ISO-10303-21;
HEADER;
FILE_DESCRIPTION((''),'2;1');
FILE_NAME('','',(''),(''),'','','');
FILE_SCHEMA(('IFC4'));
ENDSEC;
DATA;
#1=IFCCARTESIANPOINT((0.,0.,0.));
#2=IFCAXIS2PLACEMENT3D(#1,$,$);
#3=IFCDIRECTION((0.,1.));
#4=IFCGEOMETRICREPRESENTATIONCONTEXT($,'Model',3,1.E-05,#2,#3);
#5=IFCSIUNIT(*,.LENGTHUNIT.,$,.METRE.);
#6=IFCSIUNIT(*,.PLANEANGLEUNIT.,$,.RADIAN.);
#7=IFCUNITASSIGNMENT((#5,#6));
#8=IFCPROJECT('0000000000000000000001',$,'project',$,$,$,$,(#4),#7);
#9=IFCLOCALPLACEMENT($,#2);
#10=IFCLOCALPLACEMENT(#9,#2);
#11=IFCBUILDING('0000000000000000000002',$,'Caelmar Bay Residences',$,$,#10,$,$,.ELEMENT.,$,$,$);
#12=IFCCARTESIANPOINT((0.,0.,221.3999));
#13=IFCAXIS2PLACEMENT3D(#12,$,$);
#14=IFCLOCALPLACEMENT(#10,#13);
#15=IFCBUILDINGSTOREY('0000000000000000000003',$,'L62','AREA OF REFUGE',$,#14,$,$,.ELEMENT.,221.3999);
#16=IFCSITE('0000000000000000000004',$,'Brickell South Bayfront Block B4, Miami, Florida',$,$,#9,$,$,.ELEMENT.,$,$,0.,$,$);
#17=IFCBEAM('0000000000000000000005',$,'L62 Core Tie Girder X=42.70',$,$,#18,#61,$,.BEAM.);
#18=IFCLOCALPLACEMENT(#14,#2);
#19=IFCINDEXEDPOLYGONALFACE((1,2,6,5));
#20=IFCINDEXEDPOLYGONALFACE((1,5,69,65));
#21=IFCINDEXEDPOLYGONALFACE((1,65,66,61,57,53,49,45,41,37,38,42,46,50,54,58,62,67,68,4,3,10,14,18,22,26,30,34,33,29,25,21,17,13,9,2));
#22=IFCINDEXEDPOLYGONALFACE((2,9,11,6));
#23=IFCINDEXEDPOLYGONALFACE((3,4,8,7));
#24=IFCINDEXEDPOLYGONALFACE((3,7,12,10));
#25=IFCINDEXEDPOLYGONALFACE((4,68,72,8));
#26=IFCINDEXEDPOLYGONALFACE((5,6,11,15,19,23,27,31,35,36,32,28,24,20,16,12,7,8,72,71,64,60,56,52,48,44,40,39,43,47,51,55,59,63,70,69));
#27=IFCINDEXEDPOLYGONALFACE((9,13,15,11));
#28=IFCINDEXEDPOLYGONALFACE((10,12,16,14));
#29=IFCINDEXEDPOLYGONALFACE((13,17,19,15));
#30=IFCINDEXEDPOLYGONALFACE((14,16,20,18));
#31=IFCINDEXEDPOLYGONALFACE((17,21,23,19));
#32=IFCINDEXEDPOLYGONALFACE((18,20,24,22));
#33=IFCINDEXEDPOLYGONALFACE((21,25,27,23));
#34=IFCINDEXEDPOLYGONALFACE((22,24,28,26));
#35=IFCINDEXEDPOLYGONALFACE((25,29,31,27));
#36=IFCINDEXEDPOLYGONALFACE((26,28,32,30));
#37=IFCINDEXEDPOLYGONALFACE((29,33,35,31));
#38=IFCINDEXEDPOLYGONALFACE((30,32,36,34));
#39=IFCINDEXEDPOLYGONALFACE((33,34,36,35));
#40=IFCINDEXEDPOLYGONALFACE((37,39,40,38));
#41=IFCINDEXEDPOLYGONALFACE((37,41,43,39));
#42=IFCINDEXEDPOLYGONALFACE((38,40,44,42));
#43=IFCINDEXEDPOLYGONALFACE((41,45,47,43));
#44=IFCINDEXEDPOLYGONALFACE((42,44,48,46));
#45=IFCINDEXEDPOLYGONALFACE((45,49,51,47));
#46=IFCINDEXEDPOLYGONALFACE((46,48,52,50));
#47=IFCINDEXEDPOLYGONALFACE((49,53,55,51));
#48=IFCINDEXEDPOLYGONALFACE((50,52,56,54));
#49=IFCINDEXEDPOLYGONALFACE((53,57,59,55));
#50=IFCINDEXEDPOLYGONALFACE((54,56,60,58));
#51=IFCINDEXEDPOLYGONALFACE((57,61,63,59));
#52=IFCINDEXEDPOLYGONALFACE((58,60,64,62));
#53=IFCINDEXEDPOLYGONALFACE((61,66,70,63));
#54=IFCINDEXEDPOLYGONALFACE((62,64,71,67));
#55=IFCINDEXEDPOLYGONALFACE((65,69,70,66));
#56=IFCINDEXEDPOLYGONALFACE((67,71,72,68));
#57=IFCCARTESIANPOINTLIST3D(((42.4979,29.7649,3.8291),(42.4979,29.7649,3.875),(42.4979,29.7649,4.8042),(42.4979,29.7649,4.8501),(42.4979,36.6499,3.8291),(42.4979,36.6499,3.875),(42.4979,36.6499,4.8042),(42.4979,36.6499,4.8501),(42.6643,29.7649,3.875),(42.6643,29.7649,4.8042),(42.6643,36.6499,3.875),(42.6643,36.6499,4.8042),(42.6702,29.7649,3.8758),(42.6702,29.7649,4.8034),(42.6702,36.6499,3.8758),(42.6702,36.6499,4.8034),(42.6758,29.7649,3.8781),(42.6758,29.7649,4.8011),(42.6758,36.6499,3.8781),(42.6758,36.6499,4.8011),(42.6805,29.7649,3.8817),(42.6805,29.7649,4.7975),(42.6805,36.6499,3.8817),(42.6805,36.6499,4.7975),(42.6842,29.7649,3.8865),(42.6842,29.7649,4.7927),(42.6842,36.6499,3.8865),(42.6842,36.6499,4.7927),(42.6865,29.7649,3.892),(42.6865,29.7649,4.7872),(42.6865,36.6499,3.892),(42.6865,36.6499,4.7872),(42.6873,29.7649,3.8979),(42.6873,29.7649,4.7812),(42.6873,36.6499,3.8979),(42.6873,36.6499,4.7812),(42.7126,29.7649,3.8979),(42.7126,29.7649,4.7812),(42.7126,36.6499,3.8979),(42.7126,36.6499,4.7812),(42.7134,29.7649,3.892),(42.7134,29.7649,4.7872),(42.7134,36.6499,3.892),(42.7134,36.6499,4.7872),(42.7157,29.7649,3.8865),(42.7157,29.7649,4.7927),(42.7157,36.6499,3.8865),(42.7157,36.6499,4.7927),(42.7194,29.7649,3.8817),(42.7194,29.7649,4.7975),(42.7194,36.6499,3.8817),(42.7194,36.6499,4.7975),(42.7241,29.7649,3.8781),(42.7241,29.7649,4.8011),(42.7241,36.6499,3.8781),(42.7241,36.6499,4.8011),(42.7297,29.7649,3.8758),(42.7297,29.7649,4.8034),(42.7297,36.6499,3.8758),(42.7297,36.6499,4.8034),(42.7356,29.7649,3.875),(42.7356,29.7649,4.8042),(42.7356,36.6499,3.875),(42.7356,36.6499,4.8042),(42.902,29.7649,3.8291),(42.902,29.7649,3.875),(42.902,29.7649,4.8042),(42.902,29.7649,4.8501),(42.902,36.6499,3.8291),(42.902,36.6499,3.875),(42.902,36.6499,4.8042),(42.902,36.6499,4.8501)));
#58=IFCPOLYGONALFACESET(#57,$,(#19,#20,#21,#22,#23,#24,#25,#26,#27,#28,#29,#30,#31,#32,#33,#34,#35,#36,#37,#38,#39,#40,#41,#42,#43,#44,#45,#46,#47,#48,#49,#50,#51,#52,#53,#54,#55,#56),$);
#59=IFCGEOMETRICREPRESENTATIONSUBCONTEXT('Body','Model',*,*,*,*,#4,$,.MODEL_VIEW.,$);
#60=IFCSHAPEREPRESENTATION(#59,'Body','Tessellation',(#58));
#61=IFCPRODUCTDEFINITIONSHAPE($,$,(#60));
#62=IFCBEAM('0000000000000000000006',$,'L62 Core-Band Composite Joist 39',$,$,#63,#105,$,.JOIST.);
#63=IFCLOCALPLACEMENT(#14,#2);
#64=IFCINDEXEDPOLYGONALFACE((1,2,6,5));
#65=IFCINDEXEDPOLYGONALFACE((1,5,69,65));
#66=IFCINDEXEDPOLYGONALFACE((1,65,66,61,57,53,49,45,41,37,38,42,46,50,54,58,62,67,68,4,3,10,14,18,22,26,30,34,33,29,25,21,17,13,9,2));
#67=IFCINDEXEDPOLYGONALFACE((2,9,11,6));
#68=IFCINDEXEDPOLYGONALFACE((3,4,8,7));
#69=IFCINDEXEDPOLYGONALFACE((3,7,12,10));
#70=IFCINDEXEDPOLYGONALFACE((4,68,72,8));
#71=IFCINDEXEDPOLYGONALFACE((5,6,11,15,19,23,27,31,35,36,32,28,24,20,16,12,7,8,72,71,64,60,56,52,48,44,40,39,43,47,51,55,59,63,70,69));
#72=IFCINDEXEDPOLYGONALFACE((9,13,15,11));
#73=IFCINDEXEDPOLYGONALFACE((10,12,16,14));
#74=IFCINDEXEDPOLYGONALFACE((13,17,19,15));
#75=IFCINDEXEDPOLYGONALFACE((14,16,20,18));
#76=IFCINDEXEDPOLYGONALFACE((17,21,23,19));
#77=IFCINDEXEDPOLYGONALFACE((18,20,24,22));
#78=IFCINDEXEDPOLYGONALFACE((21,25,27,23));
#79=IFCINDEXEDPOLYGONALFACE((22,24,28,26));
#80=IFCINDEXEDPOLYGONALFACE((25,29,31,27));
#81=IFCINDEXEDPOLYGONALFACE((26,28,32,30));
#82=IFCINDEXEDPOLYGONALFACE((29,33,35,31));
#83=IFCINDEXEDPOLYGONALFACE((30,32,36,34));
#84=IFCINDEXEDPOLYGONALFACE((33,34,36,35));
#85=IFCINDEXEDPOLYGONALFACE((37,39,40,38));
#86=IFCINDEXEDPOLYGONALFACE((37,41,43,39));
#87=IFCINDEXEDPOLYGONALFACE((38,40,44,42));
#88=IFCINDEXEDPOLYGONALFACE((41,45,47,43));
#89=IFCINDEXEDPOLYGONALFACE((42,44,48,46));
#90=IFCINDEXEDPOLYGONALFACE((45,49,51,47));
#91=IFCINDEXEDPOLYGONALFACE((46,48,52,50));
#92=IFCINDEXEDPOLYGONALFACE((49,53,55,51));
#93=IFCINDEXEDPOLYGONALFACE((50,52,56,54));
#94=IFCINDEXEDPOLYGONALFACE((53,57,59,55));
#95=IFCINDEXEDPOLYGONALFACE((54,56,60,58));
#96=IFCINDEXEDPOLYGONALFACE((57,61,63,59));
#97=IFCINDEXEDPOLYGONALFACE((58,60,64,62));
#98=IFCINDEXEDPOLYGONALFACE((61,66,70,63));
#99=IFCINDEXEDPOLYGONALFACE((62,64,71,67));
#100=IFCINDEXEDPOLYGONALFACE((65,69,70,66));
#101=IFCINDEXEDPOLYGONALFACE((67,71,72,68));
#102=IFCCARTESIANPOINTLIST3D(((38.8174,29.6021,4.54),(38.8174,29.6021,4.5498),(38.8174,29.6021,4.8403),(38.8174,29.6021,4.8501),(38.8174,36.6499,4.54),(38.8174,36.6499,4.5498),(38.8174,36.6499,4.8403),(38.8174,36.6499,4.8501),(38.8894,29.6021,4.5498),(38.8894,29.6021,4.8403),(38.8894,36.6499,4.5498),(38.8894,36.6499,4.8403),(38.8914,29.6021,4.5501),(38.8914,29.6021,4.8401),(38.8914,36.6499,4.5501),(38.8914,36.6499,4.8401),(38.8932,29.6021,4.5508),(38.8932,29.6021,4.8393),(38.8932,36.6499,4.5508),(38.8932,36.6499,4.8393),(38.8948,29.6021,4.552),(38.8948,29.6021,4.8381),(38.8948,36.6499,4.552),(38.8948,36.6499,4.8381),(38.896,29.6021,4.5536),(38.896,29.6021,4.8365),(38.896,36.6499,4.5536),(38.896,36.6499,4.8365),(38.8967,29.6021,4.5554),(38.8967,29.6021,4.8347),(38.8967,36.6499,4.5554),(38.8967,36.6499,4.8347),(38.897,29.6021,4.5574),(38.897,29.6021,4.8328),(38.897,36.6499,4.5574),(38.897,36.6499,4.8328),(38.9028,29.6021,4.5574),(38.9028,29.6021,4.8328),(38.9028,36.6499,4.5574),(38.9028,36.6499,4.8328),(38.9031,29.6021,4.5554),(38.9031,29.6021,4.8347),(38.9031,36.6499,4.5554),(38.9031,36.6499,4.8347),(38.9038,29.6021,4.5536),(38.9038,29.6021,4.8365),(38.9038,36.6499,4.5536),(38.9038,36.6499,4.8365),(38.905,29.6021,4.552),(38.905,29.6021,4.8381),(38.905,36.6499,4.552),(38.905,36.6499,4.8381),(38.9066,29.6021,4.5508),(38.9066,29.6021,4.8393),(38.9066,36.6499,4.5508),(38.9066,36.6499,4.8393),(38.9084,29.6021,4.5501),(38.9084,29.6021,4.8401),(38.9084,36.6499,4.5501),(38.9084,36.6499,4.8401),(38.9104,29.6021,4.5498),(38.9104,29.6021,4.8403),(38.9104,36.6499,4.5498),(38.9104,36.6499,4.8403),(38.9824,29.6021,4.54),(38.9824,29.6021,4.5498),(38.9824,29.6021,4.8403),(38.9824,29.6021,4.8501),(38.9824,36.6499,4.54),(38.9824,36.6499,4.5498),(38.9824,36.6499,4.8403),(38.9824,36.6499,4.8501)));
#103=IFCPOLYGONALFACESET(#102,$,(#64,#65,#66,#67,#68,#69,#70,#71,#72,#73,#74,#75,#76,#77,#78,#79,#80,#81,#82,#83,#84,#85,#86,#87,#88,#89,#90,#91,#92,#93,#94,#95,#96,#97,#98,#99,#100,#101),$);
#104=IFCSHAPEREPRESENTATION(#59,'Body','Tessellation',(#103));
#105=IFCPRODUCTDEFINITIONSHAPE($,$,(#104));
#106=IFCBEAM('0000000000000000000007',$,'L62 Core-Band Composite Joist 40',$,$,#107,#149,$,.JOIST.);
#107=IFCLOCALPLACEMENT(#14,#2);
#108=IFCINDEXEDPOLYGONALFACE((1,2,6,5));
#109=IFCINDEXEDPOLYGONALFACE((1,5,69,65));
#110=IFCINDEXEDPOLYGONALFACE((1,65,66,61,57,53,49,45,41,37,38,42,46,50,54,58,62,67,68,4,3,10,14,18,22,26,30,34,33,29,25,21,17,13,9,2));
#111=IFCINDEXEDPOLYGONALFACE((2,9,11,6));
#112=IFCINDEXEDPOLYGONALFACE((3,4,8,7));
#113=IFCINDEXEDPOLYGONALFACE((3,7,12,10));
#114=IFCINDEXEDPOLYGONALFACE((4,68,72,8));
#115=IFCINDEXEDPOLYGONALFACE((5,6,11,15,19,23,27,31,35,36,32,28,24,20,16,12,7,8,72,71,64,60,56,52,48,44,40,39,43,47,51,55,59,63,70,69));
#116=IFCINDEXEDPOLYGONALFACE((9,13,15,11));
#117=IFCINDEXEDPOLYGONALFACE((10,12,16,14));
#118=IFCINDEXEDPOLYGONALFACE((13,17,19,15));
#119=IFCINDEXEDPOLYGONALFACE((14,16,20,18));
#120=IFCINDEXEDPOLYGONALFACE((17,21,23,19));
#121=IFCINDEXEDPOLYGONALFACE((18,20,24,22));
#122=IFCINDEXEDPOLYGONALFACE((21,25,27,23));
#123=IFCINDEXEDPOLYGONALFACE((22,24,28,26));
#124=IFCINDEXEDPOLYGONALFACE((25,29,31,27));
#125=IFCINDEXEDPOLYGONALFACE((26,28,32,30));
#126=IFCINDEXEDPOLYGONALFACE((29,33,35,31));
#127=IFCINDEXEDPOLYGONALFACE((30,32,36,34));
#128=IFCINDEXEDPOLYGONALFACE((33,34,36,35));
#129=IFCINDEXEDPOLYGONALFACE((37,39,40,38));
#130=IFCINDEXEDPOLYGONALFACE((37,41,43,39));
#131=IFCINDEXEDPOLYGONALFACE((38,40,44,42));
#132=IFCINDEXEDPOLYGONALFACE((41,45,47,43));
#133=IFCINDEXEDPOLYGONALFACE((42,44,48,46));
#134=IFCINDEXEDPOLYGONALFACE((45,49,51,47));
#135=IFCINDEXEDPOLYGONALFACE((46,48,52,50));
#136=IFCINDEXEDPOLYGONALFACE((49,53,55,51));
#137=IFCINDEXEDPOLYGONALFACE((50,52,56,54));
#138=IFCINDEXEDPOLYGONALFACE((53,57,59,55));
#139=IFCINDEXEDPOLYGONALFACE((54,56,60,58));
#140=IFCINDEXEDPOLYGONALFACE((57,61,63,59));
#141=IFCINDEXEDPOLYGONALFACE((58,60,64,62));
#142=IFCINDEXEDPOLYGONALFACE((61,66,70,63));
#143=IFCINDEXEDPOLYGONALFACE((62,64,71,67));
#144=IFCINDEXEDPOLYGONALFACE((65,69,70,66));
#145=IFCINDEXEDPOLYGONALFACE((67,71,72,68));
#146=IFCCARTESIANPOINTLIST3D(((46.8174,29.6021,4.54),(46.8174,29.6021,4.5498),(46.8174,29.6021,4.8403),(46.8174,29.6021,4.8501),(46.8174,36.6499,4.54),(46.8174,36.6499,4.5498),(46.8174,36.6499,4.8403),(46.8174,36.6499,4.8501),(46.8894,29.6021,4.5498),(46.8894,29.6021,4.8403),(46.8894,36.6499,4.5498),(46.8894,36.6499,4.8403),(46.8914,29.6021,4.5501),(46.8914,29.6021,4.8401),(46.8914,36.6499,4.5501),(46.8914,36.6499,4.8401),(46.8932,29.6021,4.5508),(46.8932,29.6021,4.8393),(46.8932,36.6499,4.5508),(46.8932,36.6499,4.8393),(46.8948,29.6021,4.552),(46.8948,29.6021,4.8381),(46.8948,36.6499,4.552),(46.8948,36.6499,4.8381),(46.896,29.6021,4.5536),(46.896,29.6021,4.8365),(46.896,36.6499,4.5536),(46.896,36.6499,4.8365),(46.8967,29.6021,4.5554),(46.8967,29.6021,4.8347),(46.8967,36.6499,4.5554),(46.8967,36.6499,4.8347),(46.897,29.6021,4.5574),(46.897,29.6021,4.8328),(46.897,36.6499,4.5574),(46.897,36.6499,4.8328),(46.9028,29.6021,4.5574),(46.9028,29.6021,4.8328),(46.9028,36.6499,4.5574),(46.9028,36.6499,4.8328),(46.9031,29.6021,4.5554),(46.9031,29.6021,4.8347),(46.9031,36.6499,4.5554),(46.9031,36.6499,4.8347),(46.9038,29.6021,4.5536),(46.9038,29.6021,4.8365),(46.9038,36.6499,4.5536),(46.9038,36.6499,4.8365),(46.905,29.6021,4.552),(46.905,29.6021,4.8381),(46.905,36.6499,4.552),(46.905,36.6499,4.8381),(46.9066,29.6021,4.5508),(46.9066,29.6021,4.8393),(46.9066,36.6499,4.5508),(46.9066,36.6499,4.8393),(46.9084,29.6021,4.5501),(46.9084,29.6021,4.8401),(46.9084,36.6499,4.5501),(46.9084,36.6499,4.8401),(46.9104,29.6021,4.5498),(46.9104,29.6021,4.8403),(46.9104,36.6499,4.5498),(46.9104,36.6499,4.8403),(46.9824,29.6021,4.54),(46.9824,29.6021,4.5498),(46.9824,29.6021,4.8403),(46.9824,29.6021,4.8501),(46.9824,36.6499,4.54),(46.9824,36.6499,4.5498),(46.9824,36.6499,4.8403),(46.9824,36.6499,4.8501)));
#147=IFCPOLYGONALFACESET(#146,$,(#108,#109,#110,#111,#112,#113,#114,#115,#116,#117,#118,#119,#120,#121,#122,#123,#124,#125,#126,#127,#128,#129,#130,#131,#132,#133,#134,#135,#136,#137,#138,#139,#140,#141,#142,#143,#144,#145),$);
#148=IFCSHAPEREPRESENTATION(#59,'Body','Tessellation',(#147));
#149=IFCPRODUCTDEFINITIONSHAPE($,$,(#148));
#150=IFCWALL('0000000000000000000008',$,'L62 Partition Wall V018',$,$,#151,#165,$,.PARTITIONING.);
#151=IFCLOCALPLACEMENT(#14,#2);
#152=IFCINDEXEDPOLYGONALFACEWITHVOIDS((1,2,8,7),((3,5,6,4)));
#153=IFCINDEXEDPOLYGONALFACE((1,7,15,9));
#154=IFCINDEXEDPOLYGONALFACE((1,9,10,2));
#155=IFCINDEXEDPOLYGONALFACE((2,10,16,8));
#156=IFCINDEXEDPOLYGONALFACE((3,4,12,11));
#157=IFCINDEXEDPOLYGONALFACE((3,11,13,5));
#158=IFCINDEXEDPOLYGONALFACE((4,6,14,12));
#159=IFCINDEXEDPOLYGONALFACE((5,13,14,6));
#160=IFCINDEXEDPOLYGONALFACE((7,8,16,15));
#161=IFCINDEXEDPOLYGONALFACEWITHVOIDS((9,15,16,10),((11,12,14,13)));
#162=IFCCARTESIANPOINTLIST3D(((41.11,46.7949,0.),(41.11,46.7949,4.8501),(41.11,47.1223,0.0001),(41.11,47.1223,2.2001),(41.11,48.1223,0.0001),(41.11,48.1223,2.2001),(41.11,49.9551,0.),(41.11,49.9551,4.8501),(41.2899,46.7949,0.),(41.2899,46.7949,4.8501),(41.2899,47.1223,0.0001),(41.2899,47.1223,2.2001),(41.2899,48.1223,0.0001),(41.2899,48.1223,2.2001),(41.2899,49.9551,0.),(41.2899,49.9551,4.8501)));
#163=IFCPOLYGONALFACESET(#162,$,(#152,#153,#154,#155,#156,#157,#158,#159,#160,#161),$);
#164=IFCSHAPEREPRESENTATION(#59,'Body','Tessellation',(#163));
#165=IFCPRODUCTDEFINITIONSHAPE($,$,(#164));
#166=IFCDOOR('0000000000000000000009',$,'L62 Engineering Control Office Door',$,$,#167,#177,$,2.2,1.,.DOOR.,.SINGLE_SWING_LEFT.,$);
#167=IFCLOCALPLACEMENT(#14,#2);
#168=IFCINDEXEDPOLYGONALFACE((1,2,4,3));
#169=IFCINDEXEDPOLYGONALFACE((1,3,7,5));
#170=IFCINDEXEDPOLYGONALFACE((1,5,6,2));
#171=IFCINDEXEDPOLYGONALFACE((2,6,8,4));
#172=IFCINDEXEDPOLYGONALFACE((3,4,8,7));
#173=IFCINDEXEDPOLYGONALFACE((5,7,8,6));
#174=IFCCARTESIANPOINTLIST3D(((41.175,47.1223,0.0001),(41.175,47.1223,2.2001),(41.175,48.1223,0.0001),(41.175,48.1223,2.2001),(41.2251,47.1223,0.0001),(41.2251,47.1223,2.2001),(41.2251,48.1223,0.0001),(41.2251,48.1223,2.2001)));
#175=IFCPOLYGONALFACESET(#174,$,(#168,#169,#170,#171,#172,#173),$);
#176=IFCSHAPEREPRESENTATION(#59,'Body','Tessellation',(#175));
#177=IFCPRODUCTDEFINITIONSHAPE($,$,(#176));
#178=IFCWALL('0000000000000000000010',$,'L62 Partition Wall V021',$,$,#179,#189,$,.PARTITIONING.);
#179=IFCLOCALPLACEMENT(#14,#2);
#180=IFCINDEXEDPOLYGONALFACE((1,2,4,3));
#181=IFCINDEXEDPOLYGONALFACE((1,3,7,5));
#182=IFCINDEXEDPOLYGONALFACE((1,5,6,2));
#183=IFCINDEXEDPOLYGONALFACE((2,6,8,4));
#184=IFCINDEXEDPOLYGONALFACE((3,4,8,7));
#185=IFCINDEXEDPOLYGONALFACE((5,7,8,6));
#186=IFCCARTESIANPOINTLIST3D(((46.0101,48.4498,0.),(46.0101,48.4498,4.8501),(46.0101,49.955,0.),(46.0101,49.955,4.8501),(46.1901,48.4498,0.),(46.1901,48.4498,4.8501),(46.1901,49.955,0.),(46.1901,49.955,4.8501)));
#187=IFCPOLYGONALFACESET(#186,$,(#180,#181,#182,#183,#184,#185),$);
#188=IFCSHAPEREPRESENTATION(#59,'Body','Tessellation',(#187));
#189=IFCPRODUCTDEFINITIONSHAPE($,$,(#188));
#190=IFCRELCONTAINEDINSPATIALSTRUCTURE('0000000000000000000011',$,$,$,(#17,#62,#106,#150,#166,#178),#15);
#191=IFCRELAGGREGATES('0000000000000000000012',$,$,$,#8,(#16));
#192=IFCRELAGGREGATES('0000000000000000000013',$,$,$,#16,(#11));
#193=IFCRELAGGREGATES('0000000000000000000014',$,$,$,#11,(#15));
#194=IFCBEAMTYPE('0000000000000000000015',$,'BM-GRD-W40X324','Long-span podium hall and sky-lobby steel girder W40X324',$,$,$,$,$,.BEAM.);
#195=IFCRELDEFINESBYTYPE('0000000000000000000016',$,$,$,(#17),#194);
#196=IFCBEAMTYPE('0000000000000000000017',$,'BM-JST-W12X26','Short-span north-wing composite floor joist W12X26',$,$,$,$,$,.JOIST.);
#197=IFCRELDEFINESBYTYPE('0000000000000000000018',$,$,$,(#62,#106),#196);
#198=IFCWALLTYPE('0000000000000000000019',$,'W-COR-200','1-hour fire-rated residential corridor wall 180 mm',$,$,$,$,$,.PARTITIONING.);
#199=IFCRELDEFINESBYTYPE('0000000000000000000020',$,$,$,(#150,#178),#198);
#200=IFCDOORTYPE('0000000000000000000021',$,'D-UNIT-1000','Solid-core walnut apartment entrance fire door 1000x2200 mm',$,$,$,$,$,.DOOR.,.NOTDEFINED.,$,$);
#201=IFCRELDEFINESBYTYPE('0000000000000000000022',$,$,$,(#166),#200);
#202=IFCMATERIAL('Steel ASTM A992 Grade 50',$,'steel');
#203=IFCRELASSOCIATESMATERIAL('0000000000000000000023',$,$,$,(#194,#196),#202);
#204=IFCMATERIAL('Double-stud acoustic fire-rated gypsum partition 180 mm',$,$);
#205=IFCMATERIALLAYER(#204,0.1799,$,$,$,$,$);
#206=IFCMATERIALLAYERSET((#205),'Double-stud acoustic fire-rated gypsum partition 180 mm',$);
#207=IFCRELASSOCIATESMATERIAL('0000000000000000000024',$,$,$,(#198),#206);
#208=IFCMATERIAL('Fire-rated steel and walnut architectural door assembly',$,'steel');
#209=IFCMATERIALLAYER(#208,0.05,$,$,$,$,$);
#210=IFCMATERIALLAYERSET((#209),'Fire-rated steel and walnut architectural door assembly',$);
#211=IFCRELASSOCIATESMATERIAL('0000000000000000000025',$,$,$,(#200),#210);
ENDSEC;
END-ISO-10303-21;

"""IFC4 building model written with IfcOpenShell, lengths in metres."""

from ifc_helpers import new_model, si_unit, direction, frame, frame_2d, origin, origin_2d, place, context, subcontext, project, spatial, rectangle, i_section, extrude, material, layer, layer_set, material_profile, profile_set, type_object, element, fill, save


model = new_model("IFC4")

# Units and contexts
model_context = context("Model", 3, precision=1e-05, world=origin(), true_north=direction((0.0, 1.0)))
body_context = subcontext(model_context, "Body", "Model", "MODEL_VIEW")
ifc_project = project(units=[si_unit("LENGTHUNIT", "METRE"), si_unit("PLANEANGLEUNIT", "RADIAN")], contexts=[model_context])

# Site, building, storey
site_placement = place(None, origin())
site = spatial("IfcSite", under=ifc_project, at=site_placement, Name="Brickell South Bayfront Block B4, Miami, Florida", CompositionType="ELEMENT", RefElevation=0.0)
building_placement = place(site_placement, origin())
building = spatial("IfcBuilding", under=site, at=building_placement, Name="Caelmar Bay Residences", CompositionType="ELEMENT")
storey_placement = place(building_placement, frame((0.0, 0.0, 221.3999)))
storey = spatial("IfcBuildingStorey", under=building, at=storey_placement, Name="L62", Description="AREA OF REFUGE", CompositionType="ELEMENT", Elevation=221.3999)

# Beams
ifc_material_1 = material(Name="Steel ASTM A992 Grade 50", Category="steel")
ifc_material_profile_1 = material_profile(ifc_material_1, i_section(OverallWidth=0.4041, OverallDepth=1.021, WebThickness=0.0254, FlangeThickness=0.0459, FilletRadius=0.0229, at=origin_2d()), Name="W40X324")
ifc_profile_set_1 = profile_set([ifc_material_profile_1], Name="Steel ASTM A992 Grade 50")
beam_type_1 = type_object("IfcBeamType", Name="BM-GRD-W40X324", Description="Long-span podium hall and sky-lobby steel girder W40X324", PredefinedType="BEAM", material=ifc_profile_set_1)
beam_placement = place(storey_placement, frame((42.7, 29.7649, 4.3396), z_axis=(0.0, 1.0, 0.0), x_axis=(-1.0, 0.0, 0.0)))
element("IfcBeam", 1, at=beam_placement, inside=storey, type_object=beam_type_1, Name="L62 Core Tie Girder X=42.70", PredefinedType="BEAM", context=body_context, shape_type="SweptSolid", body=[
    extrude(i_section(OverallWidth=0.4041, OverallDepth=1.021, WebThickness=0.0254, FlangeThickness=0.0459, FilletRadius=0.0229, at=origin_2d()), origin(), (0.0, 0.0, 1.0), 6.885),
])
ifc_material_profile_2 = material_profile(ifc_material_1, i_section(OverallWidth=0.165, OverallDepth=0.3101, WebThickness=0.0059, FlangeThickness=0.0098, FilletRadius=0.0076, at=origin_2d()), Name="W12X26")
ifc_profile_set_2 = profile_set([ifc_material_profile_2], Name="Steel ASTM A992 Grade 50")
beam_type_2 = type_object("IfcBeamType", Name="BM-JST-W12X26", Description="Short-span north-wing composite floor joist W12X26", PredefinedType="JOIST", material=ifc_profile_set_2)
for number, where, z_axis, x_axis, name in (
    (2, (38.8999, 29.6021, 4.6951), (0.0, 1.0, 0.0), (-1.0, 0.0, 0.0), "L62 Core-Band Composite Joist 39"),
    (3, (46.8999, 29.6021, 4.6951), (0.0, 1.0, 0.0), (-1.0, 0.0, 0.0), "L62 Core-Band Composite Joist 40"),
):
    element("IfcBeam", number, at=place(storey_placement, frame(where, z_axis=z_axis, x_axis=x_axis)), inside=storey, type_object=beam_type_2, Name=name, PredefinedType="JOIST", context=body_context, shape_type="SweptSolid", body=[
        extrude(i_section(OverallWidth=0.165, OverallDepth=0.3101, WebThickness=0.0059, FlangeThickness=0.0098, FilletRadius=0.0076, at=origin_2d()), origin(), (0.0, 0.0, 1.0), 7.0479),
    ])

# Wall, opening, door
ifc_material_2 = material(Name="Double-stud acoustic fire-rated gypsum partition 180 mm")
ifc_layer_1 = layer(ifc_material_2, 0.1799)
ifc_layer_set_1 = layer_set([ifc_layer_1], Name="Double-stud acoustic fire-rated gypsum partition 180 mm")
wall_type_1 = type_object("IfcWallType", Name="W-COR-200", Description="1-hour fire-rated residential corridor wall 180 mm", PredefinedType="PARTITIONING", material=ifc_layer_set_1)
wall_1_placement = place(storey_placement, frame((41.2, 46.7949, 0.0), z_axis=(0.0, 0.0, 1.0), x_axis=(0.0, 1.0, 0.0)))
wall_1 = element("IfcWall", 4, at=wall_1_placement, inside=storey, type_object=wall_type_1, Name="L62 Partition Wall V018", PredefinedType="PARTITIONING", context=body_context, shape_type="SweptSolid", body=[
    extrude(rectangle(XDim=3.1602, YDim=0.1799, at=frame_2d((1.5801, 0.0))), origin(), (0.0, 0.0, 1.0), 4.8501),
])
opening_1_placement = place(wall_1_placement, frame((0.3274, 0.0, 0.0)))
opening_1 = element("IfcOpeningElement", 5, at=opening_1_placement, cuts=wall_1, PredefinedType="OPENING", context=body_context, shape_type="SweptSolid", body=[
    extrude(rectangle(XDim=1.0, YDim=2.2, at=frame_2d((0.5, 1.1001))), frame((0.0, 0.0999, 0.0), z_axis=(0.0, -1.0, 0.0), x_axis=(1.0, 0.0, 0.0)), (0.0, 0.0, 1.0), 0.2),
])
ifc_material_3 = material(Name="Fire-rated steel and walnut architectural door assembly", Category="steel")
ifc_layer_2 = layer(ifc_material_3, 0.05)
ifc_layer_set_2 = layer_set([ifc_layer_2], Name="Fire-rated steel and walnut architectural door assembly")
door_type_1 = type_object("IfcDoorType", Name="D-UNIT-1000", Description="Solid-core walnut apartment entrance fire door 1000x2200 mm", OperationType="NOTDEFINED", PredefinedType="DOOR", material=ifc_layer_set_2)
door_1_placement = place(opening_1_placement, origin())
door_1 = element("IfcDoor", 6, at=door_1_placement, inside=storey, type_object=door_type_1, Name="L62 Engineering Control Office Door", OperationType="SINGLE_SWING_LEFT", OverallHeight=2.2, OverallWidth=1.0, PredefinedType="DOOR", context=body_context, shape_type="SweptSolid", body=[
    extrude(rectangle(XDim=1.0, YDim=2.2, at=frame_2d((0.5, 1.1001))), frame((0.0, 0.0249, 0.0), z_axis=(0.0, -1.0, 0.0), x_axis=(1.0, 0.0, 0.0)), (0.0, 0.0, 1.0), 0.05),
])
fill(opening_1, door_1)

# Wall
for number, where, z_axis, x_axis, name in (
    (7, (46.1001, 48.45, 0.0), (0.0, 0.0, 1.0), (0.0, 1.0, 0.0), "L62 Partition Wall V021"),
):
    element("IfcWall", number, at=place(storey_placement, frame(where, z_axis=z_axis, x_axis=x_axis)), inside=storey, type_object=wall_type_1, Name=name, PredefinedType="PARTITIONING", context=body_context, shape_type="SweptSolid", body=[
        extrude(rectangle(XDim=1.5051, YDim=0.1799, at=frame_2d((0.7524, 0.0))), origin(), (0.0, 0.0, 1.0), 4.8501),
    ])

save(model, "model.ifc")
